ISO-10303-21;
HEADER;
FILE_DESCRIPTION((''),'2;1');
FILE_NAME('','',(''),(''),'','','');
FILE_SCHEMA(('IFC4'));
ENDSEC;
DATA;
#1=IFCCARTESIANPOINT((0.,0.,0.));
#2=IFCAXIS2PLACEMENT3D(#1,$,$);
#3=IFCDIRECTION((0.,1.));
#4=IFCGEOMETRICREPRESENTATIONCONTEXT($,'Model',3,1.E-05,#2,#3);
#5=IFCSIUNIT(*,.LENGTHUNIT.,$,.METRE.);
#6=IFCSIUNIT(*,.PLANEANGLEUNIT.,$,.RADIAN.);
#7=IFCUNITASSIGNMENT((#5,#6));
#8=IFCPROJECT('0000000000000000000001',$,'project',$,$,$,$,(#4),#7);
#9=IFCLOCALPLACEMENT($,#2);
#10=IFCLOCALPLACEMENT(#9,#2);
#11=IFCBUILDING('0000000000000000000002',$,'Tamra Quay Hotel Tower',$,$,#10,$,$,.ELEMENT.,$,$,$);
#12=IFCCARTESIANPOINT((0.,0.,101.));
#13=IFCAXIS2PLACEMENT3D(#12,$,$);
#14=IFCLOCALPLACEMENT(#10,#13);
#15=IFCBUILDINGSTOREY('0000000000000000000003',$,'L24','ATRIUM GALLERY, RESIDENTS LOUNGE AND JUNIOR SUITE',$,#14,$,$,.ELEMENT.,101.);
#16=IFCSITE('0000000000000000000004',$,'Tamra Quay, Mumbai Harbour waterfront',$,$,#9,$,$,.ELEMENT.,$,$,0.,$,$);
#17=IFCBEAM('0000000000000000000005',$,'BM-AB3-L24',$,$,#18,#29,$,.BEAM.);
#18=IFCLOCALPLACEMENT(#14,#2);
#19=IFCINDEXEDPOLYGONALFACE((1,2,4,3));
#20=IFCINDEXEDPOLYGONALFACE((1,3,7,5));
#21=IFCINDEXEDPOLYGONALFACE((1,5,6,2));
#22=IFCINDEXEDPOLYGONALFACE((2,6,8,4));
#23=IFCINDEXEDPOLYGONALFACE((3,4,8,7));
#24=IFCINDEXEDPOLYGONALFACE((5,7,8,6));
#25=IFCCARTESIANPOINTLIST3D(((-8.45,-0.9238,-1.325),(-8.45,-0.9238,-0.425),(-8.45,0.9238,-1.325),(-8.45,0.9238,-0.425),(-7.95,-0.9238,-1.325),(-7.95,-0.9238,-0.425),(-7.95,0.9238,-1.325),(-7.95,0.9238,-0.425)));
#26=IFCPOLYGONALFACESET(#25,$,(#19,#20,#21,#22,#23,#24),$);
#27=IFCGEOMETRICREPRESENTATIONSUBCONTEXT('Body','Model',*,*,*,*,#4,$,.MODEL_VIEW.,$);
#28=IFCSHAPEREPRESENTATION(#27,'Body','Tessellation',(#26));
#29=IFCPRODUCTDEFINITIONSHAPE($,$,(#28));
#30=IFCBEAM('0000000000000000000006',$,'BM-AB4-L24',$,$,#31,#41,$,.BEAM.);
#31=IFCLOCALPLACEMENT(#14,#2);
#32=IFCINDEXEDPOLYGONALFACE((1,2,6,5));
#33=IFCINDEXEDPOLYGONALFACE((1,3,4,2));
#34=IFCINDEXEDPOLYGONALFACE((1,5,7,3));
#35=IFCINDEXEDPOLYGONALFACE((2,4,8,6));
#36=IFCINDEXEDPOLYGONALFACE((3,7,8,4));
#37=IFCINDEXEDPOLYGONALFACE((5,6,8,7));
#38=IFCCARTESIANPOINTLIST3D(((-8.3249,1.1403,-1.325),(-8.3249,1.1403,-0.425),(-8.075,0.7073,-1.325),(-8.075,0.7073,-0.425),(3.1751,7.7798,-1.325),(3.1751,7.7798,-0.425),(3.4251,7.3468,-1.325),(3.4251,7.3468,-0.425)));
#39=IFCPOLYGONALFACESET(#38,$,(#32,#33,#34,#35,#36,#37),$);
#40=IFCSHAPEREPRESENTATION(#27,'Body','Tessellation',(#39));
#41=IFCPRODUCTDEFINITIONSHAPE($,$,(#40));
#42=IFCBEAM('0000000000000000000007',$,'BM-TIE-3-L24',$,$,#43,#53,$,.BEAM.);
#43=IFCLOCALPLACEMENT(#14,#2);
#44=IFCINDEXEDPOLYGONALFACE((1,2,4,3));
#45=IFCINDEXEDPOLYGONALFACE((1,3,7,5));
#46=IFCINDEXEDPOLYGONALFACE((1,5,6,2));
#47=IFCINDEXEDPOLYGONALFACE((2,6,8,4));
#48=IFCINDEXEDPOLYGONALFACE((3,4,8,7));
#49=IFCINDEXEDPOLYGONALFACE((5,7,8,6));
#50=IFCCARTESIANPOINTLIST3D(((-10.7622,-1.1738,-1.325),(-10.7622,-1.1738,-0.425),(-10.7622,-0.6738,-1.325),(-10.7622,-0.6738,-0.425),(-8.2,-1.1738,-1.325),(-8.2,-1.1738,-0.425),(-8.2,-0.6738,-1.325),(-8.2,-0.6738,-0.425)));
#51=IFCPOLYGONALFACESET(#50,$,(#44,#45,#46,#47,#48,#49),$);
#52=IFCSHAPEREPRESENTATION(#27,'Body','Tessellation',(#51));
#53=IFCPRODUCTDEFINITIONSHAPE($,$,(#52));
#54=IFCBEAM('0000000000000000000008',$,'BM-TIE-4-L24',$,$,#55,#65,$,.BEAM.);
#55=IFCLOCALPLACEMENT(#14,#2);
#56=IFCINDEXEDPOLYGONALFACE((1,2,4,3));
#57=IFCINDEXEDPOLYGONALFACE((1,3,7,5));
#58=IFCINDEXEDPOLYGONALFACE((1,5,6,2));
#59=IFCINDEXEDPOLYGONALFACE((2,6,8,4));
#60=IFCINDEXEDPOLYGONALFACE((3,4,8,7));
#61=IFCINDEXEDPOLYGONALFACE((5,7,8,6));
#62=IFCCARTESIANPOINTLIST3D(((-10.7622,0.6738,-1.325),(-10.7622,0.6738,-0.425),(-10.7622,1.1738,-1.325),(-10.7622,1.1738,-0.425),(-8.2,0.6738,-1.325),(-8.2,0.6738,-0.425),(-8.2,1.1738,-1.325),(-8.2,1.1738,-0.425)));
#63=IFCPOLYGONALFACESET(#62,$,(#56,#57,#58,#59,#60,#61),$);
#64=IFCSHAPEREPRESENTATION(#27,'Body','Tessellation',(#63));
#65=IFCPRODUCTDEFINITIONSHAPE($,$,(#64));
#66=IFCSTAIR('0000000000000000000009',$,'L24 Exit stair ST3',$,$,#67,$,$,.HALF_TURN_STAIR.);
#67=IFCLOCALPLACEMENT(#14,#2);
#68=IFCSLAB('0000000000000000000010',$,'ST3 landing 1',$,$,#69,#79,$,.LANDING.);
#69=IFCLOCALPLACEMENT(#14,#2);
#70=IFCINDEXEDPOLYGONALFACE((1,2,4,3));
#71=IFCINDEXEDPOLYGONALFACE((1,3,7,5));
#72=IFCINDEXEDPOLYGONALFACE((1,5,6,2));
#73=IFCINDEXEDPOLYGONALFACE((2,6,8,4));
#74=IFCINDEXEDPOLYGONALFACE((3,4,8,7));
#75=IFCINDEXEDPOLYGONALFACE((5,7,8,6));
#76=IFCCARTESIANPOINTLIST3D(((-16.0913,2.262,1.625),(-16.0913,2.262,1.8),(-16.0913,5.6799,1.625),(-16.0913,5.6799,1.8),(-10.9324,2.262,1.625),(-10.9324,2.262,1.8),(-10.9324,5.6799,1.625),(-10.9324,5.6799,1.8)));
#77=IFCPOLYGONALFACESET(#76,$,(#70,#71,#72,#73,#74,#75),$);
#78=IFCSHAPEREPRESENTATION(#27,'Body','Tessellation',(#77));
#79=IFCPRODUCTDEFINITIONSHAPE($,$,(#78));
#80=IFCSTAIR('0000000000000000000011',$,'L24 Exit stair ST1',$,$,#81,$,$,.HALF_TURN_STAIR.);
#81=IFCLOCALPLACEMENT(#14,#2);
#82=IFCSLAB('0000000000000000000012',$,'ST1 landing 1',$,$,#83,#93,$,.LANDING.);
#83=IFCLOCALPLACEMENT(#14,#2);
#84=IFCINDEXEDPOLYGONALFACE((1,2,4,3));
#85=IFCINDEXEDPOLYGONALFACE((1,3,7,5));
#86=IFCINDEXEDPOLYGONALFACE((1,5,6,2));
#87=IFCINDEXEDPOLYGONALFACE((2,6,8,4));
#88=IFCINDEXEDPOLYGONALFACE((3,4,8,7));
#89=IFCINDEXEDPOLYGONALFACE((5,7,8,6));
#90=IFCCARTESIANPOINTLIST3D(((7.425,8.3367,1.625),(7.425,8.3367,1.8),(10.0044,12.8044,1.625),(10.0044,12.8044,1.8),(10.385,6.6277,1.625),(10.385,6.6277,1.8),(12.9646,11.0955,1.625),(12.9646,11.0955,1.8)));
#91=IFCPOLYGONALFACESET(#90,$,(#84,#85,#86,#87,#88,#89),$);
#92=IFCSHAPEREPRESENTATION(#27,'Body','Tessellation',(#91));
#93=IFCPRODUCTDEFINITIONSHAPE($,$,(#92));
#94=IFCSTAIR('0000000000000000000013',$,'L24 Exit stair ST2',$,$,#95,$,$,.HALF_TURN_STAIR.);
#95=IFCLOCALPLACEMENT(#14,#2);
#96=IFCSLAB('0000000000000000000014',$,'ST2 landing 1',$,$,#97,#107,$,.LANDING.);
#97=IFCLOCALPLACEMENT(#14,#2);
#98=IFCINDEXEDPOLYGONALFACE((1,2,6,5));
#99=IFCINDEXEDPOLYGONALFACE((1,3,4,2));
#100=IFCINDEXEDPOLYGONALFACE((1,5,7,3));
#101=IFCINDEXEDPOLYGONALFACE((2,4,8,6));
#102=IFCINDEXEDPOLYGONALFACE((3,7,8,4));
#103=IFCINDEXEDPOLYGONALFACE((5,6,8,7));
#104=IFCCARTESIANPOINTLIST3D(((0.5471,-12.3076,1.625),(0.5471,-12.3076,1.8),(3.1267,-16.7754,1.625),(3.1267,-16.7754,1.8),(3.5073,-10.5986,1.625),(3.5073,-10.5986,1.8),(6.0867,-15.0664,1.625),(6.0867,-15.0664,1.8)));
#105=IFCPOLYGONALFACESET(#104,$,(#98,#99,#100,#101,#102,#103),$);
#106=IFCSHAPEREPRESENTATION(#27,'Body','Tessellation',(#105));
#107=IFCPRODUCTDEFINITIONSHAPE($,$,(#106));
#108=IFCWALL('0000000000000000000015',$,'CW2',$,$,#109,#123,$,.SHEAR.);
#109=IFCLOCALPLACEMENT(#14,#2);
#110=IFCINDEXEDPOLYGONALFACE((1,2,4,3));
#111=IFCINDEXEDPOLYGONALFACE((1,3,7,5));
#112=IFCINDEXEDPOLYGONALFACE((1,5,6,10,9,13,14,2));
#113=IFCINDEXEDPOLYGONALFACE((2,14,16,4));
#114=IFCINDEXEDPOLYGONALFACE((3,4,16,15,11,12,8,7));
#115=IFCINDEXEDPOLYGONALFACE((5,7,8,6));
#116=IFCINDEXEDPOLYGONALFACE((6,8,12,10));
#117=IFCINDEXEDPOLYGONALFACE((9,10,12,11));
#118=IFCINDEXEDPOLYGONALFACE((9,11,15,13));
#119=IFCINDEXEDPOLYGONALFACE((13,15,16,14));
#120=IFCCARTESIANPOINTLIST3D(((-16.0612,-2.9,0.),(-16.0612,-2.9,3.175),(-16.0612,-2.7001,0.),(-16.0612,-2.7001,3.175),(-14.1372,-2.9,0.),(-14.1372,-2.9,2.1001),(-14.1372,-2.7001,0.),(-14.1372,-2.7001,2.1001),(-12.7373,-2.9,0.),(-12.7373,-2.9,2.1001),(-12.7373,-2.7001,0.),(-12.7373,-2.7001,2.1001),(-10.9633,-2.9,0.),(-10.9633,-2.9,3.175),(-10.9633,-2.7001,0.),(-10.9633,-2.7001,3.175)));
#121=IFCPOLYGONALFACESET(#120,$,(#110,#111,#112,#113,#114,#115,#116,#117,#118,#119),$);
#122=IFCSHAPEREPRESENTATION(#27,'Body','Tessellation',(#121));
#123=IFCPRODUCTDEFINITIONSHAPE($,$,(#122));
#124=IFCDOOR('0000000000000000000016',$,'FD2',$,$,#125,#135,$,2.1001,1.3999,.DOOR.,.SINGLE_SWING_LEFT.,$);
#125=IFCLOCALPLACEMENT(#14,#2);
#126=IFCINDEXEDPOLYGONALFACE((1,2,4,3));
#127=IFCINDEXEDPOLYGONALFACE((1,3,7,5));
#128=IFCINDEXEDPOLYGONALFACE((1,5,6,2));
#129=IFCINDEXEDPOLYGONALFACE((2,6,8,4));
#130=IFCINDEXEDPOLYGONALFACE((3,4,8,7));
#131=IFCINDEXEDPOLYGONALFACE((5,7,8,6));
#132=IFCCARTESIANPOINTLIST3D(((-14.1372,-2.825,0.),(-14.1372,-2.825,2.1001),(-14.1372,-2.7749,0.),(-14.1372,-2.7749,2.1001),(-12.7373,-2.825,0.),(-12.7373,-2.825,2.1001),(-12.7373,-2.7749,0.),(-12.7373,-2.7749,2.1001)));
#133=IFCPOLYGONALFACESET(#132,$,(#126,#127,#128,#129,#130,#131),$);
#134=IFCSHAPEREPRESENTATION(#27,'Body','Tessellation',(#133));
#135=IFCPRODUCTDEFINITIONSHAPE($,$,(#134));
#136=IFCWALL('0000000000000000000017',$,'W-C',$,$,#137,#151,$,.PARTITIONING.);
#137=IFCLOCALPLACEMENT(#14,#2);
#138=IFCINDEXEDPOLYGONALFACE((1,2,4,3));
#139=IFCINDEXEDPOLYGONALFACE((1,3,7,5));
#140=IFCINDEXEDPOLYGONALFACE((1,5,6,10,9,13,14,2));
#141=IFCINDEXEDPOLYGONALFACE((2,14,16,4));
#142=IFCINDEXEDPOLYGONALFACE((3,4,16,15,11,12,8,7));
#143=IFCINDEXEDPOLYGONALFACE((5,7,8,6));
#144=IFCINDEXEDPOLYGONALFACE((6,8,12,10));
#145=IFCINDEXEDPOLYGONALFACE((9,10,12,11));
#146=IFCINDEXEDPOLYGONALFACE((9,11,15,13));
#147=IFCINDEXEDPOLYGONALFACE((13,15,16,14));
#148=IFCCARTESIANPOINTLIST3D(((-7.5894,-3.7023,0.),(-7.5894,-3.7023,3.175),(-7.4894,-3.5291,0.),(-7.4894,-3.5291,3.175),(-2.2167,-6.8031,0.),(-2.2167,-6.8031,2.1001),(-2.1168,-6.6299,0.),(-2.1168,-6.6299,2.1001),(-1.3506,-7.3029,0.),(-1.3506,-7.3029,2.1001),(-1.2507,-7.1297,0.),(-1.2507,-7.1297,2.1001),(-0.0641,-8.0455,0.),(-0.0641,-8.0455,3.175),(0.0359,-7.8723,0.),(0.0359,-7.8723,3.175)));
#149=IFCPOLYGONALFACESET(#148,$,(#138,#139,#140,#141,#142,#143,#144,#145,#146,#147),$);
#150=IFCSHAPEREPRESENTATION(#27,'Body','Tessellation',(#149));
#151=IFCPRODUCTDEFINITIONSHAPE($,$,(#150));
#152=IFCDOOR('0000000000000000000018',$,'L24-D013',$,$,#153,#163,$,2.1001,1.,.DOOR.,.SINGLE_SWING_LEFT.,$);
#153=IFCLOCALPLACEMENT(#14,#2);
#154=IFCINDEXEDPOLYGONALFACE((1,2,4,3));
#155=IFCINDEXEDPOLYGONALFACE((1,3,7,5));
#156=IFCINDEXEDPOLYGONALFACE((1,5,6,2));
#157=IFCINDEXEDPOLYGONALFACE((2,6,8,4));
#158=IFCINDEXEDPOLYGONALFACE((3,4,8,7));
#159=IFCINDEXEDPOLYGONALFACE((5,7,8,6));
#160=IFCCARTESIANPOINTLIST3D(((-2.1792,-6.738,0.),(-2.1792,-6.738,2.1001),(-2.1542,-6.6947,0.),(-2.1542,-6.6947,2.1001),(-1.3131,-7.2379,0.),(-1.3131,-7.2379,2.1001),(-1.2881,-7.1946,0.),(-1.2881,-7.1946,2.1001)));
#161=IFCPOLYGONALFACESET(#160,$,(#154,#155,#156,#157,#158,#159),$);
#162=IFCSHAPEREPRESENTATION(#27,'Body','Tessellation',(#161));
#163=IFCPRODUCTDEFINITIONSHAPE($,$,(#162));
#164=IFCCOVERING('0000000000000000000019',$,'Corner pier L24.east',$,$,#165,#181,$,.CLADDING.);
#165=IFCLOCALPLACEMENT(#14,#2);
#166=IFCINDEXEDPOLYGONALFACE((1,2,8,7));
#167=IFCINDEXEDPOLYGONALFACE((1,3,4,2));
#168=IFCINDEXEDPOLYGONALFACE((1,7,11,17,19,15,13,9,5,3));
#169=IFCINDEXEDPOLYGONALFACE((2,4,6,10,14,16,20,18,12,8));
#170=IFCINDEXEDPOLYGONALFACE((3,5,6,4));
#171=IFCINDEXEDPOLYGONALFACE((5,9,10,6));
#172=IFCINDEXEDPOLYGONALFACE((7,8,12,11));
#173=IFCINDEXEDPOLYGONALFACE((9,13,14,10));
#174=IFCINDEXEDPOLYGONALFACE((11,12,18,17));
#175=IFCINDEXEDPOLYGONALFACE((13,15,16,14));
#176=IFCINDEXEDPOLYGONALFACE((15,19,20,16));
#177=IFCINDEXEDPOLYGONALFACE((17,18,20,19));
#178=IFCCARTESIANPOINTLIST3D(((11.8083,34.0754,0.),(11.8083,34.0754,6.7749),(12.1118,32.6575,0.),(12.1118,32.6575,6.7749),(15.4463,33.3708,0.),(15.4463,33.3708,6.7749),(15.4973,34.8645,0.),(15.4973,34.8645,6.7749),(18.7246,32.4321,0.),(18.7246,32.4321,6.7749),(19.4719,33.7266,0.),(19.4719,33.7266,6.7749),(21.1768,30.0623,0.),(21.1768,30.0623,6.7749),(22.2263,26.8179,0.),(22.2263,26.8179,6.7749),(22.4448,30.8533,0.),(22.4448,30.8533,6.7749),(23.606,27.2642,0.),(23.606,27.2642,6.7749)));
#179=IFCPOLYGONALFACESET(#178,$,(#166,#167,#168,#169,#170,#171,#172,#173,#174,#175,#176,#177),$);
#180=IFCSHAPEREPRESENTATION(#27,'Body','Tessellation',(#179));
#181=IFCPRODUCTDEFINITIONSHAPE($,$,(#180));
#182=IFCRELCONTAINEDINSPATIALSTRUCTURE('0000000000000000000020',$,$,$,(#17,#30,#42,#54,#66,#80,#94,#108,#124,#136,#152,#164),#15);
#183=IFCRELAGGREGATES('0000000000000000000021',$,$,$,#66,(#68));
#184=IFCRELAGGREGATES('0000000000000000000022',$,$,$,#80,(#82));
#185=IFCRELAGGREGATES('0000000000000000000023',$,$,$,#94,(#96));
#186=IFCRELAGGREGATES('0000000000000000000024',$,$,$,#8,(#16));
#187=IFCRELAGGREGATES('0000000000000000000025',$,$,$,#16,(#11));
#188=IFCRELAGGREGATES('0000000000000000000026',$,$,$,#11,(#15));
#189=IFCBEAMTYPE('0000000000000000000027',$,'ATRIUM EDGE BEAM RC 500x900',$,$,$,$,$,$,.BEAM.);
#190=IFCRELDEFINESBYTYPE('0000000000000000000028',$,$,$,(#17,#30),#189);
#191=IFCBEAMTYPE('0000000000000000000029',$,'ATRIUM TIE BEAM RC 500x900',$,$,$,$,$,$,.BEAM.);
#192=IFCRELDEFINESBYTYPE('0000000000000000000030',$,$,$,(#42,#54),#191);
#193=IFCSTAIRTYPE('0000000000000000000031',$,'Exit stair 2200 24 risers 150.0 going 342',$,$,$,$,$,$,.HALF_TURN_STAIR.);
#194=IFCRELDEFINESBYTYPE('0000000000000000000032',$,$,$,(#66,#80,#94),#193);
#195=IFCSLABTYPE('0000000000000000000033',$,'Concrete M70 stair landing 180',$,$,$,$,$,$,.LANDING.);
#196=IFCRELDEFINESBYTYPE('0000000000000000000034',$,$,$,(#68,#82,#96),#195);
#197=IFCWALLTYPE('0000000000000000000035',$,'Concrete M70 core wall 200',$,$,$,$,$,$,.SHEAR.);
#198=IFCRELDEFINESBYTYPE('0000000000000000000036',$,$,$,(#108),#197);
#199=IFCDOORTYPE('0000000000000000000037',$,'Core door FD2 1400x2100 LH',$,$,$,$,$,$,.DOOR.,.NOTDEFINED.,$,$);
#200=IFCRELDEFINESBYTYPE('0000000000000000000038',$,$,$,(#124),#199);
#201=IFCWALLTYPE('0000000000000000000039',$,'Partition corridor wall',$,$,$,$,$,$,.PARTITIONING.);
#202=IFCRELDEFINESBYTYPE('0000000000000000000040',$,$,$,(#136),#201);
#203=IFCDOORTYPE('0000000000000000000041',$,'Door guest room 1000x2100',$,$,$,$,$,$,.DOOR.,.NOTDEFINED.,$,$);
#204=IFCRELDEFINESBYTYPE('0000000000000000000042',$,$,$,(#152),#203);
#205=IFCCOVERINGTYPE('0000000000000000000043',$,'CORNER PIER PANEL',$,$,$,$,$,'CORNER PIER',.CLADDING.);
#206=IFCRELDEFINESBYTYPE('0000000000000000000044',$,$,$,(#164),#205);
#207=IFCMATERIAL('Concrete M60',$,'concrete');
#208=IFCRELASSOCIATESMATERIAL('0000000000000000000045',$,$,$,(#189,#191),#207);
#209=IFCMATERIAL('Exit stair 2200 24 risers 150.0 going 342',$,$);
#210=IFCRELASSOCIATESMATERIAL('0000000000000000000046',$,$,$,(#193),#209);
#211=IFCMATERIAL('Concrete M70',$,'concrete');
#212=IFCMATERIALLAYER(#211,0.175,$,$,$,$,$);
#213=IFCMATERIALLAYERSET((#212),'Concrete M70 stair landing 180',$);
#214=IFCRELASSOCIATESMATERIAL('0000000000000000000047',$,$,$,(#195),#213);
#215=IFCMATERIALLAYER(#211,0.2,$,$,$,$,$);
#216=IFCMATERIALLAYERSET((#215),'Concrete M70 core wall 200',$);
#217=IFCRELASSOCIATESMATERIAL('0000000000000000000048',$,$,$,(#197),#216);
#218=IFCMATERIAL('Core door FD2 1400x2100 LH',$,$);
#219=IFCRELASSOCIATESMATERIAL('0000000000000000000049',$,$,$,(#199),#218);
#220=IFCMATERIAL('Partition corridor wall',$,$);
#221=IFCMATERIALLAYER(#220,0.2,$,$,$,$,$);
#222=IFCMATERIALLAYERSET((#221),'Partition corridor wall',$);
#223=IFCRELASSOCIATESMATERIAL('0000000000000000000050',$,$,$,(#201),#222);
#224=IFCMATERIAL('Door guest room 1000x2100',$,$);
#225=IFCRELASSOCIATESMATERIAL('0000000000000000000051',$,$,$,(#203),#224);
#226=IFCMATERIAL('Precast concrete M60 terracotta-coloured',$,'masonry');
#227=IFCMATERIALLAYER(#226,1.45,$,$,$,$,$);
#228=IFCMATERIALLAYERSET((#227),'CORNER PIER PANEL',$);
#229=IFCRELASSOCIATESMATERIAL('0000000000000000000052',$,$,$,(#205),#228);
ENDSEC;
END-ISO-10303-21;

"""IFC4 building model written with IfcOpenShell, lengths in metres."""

from ifc_helpers import new_model, si_unit, direction, frame, frame_2d, origin, origin_2d, place, context, subcontext, project, spatial, polyline, rectangle, outline, extrude, material, layer, layer_set, material_profile, profile_set, type_object, element, fill, aggregate, save


model = new_model("IFC4")

# Units and contexts
model_context = context("Model", 3, precision=1e-05, world=origin(), true_north=direction((0.0, 1.0)))
body_context = subcontext(model_context, "Body", "Model", "MODEL_VIEW")
ifc_project = project(units=[si_unit("LENGTHUNIT", "METRE"), si_unit("PLANEANGLEUNIT", "RADIAN")], contexts=[model_context])

# Site, building, storey
site_placement = place(None, origin())
site = spatial("IfcSite", under=ifc_project, at=site_placement, Name="Tamra Quay, Mumbai Harbour waterfront", CompositionType="ELEMENT", RefElevation=0.0)
building_placement = place(site_placement, origin())
building = spatial("IfcBuilding", under=site, at=building_placement, Name="Tamra Quay Hotel Tower", CompositionType="ELEMENT")
storey_placement = place(building_placement, frame((0.0, 0.0, 101.0)))
storey = spatial("IfcBuildingStorey", under=building, at=storey_placement, Name="L24", Description="ATRIUM GALLERY, RESIDENTS LOUNGE AND JUNIOR SUITE", CompositionType="ELEMENT", Elevation=101.0)

# Beams
ifc_material_1 = material(Name="Concrete M60", Category="concrete")
ifc_material_profile_1 = material_profile(ifc_material_1, rectangle(XDim=0.5, YDim=0.8999, at=origin_2d()), Name="ATRIUM EDGE BEAM RC 500x900")
ifc_profile_set_1 = profile_set([ifc_material_profile_1], Name="Concrete M60")
beam_type_1 = type_object("IfcBeamType", Name="ATRIUM EDGE BEAM RC 500x900", PredefinedType="BEAM", material=ifc_profile_set_1)
beam_1_placement = place(storey_placement, frame((-8.2, -0.9238, -0.875), z_axis=(0.0, 1.0, 0.0), x_axis=(-1.0, 0.0, 0.0)))
element("IfcBeam", 1, at=beam_1_placement, inside=storey, type_object=beam_type_1, Name="BM-AB3-L24", PredefinedType="BEAM", context=body_context, shape_type="SweptSolid", body=[
    extrude(rectangle(XDim=0.5, YDim=0.8999, at=origin_2d()), origin(), (0.0, 0.0, 1.0), 1.8477),
])
beam_2_placement = place(storey_placement, frame((-8.2, 0.9238, -0.875), z_axis=(0.866029, 0.499993, 0.0), x_axis=(-0.499993, 0.866029, 0.0)))
element("IfcBeam", 2, at=beam_2_placement, inside=storey, type_object=beam_type_1, Name="BM-AB4-L24", PredefinedType="BEAM", context=body_context, shape_type="SweptSolid", body=[
    extrude(rectangle(XDim=0.5, YDim=0.8999, at=origin_2d()), origin(), (0.0, 0.0, 1.0), 13.2791),
])
ifc_material_profile_2 = material_profile(ifc_material_1, rectangle(XDim=0.5, YDim=0.8999, at=origin_2d()), Name="ATRIUM TIE BEAM RC 500x900")
ifc_profile_set_2 = profile_set([ifc_material_profile_2], Name="Concrete M60")
beam_type_2 = type_object("IfcBeamType", Name="ATRIUM TIE BEAM RC 500x900", PredefinedType="BEAM", material=ifc_profile_set_2)
for number, where, z_axis, x_axis, name in (
    (3, (-8.2, -0.9238, -0.875), (-1.0, 0.0, 0.0), (0.0, -1.0, 0.0), "BM-TIE-3-L24"),
    (4, (-8.2, 0.9238, -0.875), (-1.0, 0.0, 0.0), (0.0, -1.0, 0.0), "BM-TIE-4-L24"),
):
    element("IfcBeam", number, at=place(storey_placement, frame(where, z_axis=z_axis, x_axis=x_axis)), inside=storey, type_object=beam_type_2, Name=name, PredefinedType="BEAM", context=body_context, shape_type="SweptSolid", body=[
        extrude(rectangle(XDim=0.5, YDim=0.8999, at=origin_2d()), origin(), (0.0, 0.0, 1.0), 2.5623),
    ])

# Stairs, slabs
ifc_material_2 = material(Name="Exit stair 2200 24 risers 150.0 going 342")
stair_type = type_object("IfcStairType", Name="Exit stair 2200 24 risers 150.0 going 342", PredefinedType="HALF_TURN_STAIR", material=ifc_material_2)
stair_1_placement = place(storey_placement, origin())
stair_1 = element("IfcStair", 5, at=stair_1_placement, inside=storey, type_object=stair_type, Name="L24 Exit stair ST3", PredefinedType="HALF_TURN_STAIR")
ifc_material_3 = material(Name="Concrete M70", Category="concrete")
ifc_layer_1 = layer(ifc_material_3, 0.175)
ifc_layer_set_1 = layer_set([ifc_layer_1], Name="Concrete M70 stair landing 180")
slab_type_1 = type_object("IfcSlabType", Name="Concrete M70 stair landing 180", PredefinedType="LANDING", material=ifc_layer_set_1)
slab_1_placement = place(storey_placement, frame((0.0, 0.0, 1.625)))
slab_1 = element("IfcSlab", 6, at=slab_1_placement, type_object=slab_type_1, Name="ST3 landing 1", PredefinedType="LANDING", context=body_context, shape_type="SweptSolid", body=[
    extrude(outline(polyline([(-10.9324, 2.262), (-10.9324, 5.6799), (-16.0913, 5.6799), (-16.0913, 2.262), (-10.9324, 2.262)])), origin(), (0.0, 0.0, 1.0), 0.175),
])
aggregate(stair_1, [slab_1])
stair_2_placement = place(storey_placement, origin())
stair_2 = element("IfcStair", 7, at=stair_2_placement, inside=storey, type_object=stair_type, Name="L24 Exit stair ST1", PredefinedType="HALF_TURN_STAIR")
slab_2_placement = place(storey_placement, frame((0.0, 0.0, 1.625)))
slab_2 = element("IfcSlab", 8, at=slab_2_placement, type_object=slab_type_1, Name="ST1 landing 1", PredefinedType="LANDING", context=body_context, shape_type="SweptSolid", body=[
    extrude(outline(polyline([(7.425, 8.3367), (10.385, 6.6277), (12.9646, 11.0955), (10.0044, 12.8044), (7.425, 8.3367)])), origin(), (0.0, 0.0, 1.0), 0.175),
])
aggregate(stair_2, [slab_2])
stair_3_placement = place(storey_placement, origin())
stair_3 = element("IfcStair", 9, at=stair_3_placement, inside=storey, type_object=stair_type, Name="L24 Exit stair ST2", PredefinedType="HALF_TURN_STAIR")
slab_3_placement = place(storey_placement, frame((0.0, 0.0, 1.625)))
slab_3 = element("IfcSlab", 10, at=slab_3_placement, type_object=slab_type_1, Name="ST2 landing 1", PredefinedType="LANDING", context=body_context, shape_type="SweptSolid", body=[
    extrude(outline(polyline([(3.5073, -10.5986), (0.5471, -12.3076), (3.1267, -16.7754), (6.0867, -15.0664), (3.5073, -10.5986)])), origin(), (0.0, 0.0, 1.0), 0.175),
])
aggregate(stair_3, [slab_3])

# Walls, openings, doors
ifc_layer_2 = layer(ifc_material_3, 0.2)
ifc_layer_set_2 = layer_set([ifc_layer_2], Name="Concrete M70 core wall 200")
wall_type_1 = type_object("IfcWallType", Name="Concrete M70 core wall 200", PredefinedType="SHEAR", material=ifc_layer_set_2)
wall_1_placement = place(storey_placement, frame((-10.9634, -2.8, 0.0), z_axis=(0.0, 0.0, 1.0), x_axis=(-1.0, 0.0, 0.0)))
wall_1 = element("IfcWall", 11, at=wall_1_placement, inside=storey, type_object=wall_type_1, Name="CW2", PredefinedType="SHEAR", context=body_context, shape_type="SweptSolid", body=[
    extrude(rectangle(XDim=5.0979, YDim=0.2, at=frame_2d((2.5488, 0.0))), origin(), (0.0, 0.0, 1.0), 3.175),
])
opening_1_placement = place(wall_1_placement, frame((1.7739, 0.0, 0.0)))
opening_1 = element("IfcOpeningElement", 12, at=opening_1_placement, cuts=wall_1, PredefinedType="OPENING", context=body_context, shape_type="SweptSolid", body=[
    extrude(rectangle(XDim=1.3999, YDim=2.1001, at=frame_2d((0.7, 1.05))), frame((0.0, 0.1099, 0.0), z_axis=(0.0, -1.0, 0.0), x_axis=(1.0, 0.0, 0.0)), (0.0, 0.0, 1.0), 0.22),
])
ifc_material_4 = material(Name="Core door FD2 1400x2100 LH")
door_type_1 = type_object("IfcDoorType", Name="Core door FD2 1400x2100 LH", OperationType="NOTDEFINED", PredefinedType="DOOR", material=ifc_material_4)
door_1_placement = place(opening_1_placement, origin())
door_1 = element("IfcDoor", 13, at=door_1_placement, inside=storey, type_object=door_type_1, Name="FD2", OperationType="SINGLE_SWING_LEFT", OverallHeight=2.1001, OverallWidth=1.3999, PredefinedType="DOOR", context=body_context, shape_type="SweptSolid", body=[
    extrude(rectangle(XDim=1.3999, YDim=2.1001, at=frame_2d((0.7, 1.05))), frame((0.0, 0.0249, 0.0), z_axis=(0.0, -1.0, 0.0), x_axis=(1.0, 0.0, 0.0)), (0.0, 0.0, 1.0), 0.05),
])
fill(opening_1, door_1)
ifc_material_5 = material(Name="Partition corridor wall")
ifc_layer_3 = layer(ifc_material_5, 0.2)
ifc_layer_set_3 = layer_set([ifc_layer_3], Name="Partition corridor wall")
wall_type_2 = type_object("IfcWallType", Name="Partition corridor wall", PredefinedType="PARTITIONING", material=ifc_layer_set_3)
wall_2_placement = place(storey_placement, frame((-7.5393, -3.6157, 0.0), z_axis=(0.0, 0.0, 1.0), x_axis=(0.866101, -0.499868, 0.0)))
wall_2 = element("IfcWall", 14, at=wall_2_placement, inside=storey, type_object=wall_type_2, Name="W-C", PredefinedType="PARTITIONING", context=body_context, shape_type="SweptSolid", body=[
    extrude(rectangle(XDim=8.6887, YDim=0.2, at=frame_2d((4.3442, 0.0))), origin(), (0.0, 0.0, 1.0), 3.175),
])
opening_2_placement = place(wall_2_placement, frame((6.2031, 0.0, 0.0)))
opening_2 = element("IfcOpeningElement", 15, at=opening_2_placement, cuts=wall_2, PredefinedType="OPENING", context=body_context, shape_type="SweptSolid", body=[
    extrude(rectangle(XDim=1.0, YDim=2.1001, at=frame_2d((0.5, 1.05))), frame((0.0, 0.1099, 0.0), z_axis=(0.0, -1.0, 0.0), x_axis=(1.0, 0.0, 0.0)), (0.0, 0.0, 1.0), 0.22),
])
ifc_material_6 = material(Name="Door guest room 1000x2100")
door_type_2 = type_object("IfcDoorType", Name="Door guest room 1000x2100", OperationType="NOTDEFINED", PredefinedType="DOOR", material=ifc_material_6)
door_2_placement = place(opening_2_placement, frame((1.0, 0.0, 0.0), z_axis=(0.0, 0.0, 1.0), x_axis=(-1.0, 0.0, 0.0)))
door_2 = element("IfcDoor", 16, at=door_2_placement, inside=storey, type_object=door_type_2, Name="L24-D013", OperationType="SINGLE_SWING_LEFT", OverallHeight=2.1001, OverallWidth=1.0, PredefinedType="DOOR", context=body_context, shape_type="SweptSolid", body=[
    extrude(rectangle(XDim=1.0, YDim=2.1001, at=frame_2d((0.5, 1.05))), frame((0.0, 0.0249, 0.0), z_axis=(0.0, -1.0, 0.0), x_axis=(1.0, 0.0, 0.0)), (0.0, 0.0, 1.0), 0.05),
])
fill(opening_2, door_2)

# Covering
ifc_material_7 = material(Name="Precast concrete M60 terracotta-coloured", Category="masonry")
ifc_layer_4 = layer(ifc_material_7, 1.45)
ifc_layer_set_4 = layer_set([ifc_layer_4], Name="CORNER PIER PANEL")
covering_type = type_object("IfcCoveringType", Name="CORNER PIER PANEL", ElementType="CORNER PIER", PredefinedType="CLADDING", material=ifc_layer_set_4)
covering_1_placement = place(storey_placement, origin())
element("IfcCovering", 17, at=covering_1_placement, inside=storey, type_object=covering_type, Name="Corner pier L24.east", PredefinedType="CLADDING", context=body_context, shape_type="SweptSolid", body=[
    extrude(outline(polyline([(22.2263, 26.8179), (23.606, 27.2642), (22.4448, 30.8533), (19.4719, 33.7266), (15.4973, 34.8645), (11.8083, 34.0754), (12.1118, 32.6575), (15.4463, 33.3708), (18.7246, 32.4321), (21.1768, 30.0623), (22.2263, 26.8179)])), origin(), (0.0, 0.0, 1.0), 6.7749),
])

save(model, "model.ifc")
